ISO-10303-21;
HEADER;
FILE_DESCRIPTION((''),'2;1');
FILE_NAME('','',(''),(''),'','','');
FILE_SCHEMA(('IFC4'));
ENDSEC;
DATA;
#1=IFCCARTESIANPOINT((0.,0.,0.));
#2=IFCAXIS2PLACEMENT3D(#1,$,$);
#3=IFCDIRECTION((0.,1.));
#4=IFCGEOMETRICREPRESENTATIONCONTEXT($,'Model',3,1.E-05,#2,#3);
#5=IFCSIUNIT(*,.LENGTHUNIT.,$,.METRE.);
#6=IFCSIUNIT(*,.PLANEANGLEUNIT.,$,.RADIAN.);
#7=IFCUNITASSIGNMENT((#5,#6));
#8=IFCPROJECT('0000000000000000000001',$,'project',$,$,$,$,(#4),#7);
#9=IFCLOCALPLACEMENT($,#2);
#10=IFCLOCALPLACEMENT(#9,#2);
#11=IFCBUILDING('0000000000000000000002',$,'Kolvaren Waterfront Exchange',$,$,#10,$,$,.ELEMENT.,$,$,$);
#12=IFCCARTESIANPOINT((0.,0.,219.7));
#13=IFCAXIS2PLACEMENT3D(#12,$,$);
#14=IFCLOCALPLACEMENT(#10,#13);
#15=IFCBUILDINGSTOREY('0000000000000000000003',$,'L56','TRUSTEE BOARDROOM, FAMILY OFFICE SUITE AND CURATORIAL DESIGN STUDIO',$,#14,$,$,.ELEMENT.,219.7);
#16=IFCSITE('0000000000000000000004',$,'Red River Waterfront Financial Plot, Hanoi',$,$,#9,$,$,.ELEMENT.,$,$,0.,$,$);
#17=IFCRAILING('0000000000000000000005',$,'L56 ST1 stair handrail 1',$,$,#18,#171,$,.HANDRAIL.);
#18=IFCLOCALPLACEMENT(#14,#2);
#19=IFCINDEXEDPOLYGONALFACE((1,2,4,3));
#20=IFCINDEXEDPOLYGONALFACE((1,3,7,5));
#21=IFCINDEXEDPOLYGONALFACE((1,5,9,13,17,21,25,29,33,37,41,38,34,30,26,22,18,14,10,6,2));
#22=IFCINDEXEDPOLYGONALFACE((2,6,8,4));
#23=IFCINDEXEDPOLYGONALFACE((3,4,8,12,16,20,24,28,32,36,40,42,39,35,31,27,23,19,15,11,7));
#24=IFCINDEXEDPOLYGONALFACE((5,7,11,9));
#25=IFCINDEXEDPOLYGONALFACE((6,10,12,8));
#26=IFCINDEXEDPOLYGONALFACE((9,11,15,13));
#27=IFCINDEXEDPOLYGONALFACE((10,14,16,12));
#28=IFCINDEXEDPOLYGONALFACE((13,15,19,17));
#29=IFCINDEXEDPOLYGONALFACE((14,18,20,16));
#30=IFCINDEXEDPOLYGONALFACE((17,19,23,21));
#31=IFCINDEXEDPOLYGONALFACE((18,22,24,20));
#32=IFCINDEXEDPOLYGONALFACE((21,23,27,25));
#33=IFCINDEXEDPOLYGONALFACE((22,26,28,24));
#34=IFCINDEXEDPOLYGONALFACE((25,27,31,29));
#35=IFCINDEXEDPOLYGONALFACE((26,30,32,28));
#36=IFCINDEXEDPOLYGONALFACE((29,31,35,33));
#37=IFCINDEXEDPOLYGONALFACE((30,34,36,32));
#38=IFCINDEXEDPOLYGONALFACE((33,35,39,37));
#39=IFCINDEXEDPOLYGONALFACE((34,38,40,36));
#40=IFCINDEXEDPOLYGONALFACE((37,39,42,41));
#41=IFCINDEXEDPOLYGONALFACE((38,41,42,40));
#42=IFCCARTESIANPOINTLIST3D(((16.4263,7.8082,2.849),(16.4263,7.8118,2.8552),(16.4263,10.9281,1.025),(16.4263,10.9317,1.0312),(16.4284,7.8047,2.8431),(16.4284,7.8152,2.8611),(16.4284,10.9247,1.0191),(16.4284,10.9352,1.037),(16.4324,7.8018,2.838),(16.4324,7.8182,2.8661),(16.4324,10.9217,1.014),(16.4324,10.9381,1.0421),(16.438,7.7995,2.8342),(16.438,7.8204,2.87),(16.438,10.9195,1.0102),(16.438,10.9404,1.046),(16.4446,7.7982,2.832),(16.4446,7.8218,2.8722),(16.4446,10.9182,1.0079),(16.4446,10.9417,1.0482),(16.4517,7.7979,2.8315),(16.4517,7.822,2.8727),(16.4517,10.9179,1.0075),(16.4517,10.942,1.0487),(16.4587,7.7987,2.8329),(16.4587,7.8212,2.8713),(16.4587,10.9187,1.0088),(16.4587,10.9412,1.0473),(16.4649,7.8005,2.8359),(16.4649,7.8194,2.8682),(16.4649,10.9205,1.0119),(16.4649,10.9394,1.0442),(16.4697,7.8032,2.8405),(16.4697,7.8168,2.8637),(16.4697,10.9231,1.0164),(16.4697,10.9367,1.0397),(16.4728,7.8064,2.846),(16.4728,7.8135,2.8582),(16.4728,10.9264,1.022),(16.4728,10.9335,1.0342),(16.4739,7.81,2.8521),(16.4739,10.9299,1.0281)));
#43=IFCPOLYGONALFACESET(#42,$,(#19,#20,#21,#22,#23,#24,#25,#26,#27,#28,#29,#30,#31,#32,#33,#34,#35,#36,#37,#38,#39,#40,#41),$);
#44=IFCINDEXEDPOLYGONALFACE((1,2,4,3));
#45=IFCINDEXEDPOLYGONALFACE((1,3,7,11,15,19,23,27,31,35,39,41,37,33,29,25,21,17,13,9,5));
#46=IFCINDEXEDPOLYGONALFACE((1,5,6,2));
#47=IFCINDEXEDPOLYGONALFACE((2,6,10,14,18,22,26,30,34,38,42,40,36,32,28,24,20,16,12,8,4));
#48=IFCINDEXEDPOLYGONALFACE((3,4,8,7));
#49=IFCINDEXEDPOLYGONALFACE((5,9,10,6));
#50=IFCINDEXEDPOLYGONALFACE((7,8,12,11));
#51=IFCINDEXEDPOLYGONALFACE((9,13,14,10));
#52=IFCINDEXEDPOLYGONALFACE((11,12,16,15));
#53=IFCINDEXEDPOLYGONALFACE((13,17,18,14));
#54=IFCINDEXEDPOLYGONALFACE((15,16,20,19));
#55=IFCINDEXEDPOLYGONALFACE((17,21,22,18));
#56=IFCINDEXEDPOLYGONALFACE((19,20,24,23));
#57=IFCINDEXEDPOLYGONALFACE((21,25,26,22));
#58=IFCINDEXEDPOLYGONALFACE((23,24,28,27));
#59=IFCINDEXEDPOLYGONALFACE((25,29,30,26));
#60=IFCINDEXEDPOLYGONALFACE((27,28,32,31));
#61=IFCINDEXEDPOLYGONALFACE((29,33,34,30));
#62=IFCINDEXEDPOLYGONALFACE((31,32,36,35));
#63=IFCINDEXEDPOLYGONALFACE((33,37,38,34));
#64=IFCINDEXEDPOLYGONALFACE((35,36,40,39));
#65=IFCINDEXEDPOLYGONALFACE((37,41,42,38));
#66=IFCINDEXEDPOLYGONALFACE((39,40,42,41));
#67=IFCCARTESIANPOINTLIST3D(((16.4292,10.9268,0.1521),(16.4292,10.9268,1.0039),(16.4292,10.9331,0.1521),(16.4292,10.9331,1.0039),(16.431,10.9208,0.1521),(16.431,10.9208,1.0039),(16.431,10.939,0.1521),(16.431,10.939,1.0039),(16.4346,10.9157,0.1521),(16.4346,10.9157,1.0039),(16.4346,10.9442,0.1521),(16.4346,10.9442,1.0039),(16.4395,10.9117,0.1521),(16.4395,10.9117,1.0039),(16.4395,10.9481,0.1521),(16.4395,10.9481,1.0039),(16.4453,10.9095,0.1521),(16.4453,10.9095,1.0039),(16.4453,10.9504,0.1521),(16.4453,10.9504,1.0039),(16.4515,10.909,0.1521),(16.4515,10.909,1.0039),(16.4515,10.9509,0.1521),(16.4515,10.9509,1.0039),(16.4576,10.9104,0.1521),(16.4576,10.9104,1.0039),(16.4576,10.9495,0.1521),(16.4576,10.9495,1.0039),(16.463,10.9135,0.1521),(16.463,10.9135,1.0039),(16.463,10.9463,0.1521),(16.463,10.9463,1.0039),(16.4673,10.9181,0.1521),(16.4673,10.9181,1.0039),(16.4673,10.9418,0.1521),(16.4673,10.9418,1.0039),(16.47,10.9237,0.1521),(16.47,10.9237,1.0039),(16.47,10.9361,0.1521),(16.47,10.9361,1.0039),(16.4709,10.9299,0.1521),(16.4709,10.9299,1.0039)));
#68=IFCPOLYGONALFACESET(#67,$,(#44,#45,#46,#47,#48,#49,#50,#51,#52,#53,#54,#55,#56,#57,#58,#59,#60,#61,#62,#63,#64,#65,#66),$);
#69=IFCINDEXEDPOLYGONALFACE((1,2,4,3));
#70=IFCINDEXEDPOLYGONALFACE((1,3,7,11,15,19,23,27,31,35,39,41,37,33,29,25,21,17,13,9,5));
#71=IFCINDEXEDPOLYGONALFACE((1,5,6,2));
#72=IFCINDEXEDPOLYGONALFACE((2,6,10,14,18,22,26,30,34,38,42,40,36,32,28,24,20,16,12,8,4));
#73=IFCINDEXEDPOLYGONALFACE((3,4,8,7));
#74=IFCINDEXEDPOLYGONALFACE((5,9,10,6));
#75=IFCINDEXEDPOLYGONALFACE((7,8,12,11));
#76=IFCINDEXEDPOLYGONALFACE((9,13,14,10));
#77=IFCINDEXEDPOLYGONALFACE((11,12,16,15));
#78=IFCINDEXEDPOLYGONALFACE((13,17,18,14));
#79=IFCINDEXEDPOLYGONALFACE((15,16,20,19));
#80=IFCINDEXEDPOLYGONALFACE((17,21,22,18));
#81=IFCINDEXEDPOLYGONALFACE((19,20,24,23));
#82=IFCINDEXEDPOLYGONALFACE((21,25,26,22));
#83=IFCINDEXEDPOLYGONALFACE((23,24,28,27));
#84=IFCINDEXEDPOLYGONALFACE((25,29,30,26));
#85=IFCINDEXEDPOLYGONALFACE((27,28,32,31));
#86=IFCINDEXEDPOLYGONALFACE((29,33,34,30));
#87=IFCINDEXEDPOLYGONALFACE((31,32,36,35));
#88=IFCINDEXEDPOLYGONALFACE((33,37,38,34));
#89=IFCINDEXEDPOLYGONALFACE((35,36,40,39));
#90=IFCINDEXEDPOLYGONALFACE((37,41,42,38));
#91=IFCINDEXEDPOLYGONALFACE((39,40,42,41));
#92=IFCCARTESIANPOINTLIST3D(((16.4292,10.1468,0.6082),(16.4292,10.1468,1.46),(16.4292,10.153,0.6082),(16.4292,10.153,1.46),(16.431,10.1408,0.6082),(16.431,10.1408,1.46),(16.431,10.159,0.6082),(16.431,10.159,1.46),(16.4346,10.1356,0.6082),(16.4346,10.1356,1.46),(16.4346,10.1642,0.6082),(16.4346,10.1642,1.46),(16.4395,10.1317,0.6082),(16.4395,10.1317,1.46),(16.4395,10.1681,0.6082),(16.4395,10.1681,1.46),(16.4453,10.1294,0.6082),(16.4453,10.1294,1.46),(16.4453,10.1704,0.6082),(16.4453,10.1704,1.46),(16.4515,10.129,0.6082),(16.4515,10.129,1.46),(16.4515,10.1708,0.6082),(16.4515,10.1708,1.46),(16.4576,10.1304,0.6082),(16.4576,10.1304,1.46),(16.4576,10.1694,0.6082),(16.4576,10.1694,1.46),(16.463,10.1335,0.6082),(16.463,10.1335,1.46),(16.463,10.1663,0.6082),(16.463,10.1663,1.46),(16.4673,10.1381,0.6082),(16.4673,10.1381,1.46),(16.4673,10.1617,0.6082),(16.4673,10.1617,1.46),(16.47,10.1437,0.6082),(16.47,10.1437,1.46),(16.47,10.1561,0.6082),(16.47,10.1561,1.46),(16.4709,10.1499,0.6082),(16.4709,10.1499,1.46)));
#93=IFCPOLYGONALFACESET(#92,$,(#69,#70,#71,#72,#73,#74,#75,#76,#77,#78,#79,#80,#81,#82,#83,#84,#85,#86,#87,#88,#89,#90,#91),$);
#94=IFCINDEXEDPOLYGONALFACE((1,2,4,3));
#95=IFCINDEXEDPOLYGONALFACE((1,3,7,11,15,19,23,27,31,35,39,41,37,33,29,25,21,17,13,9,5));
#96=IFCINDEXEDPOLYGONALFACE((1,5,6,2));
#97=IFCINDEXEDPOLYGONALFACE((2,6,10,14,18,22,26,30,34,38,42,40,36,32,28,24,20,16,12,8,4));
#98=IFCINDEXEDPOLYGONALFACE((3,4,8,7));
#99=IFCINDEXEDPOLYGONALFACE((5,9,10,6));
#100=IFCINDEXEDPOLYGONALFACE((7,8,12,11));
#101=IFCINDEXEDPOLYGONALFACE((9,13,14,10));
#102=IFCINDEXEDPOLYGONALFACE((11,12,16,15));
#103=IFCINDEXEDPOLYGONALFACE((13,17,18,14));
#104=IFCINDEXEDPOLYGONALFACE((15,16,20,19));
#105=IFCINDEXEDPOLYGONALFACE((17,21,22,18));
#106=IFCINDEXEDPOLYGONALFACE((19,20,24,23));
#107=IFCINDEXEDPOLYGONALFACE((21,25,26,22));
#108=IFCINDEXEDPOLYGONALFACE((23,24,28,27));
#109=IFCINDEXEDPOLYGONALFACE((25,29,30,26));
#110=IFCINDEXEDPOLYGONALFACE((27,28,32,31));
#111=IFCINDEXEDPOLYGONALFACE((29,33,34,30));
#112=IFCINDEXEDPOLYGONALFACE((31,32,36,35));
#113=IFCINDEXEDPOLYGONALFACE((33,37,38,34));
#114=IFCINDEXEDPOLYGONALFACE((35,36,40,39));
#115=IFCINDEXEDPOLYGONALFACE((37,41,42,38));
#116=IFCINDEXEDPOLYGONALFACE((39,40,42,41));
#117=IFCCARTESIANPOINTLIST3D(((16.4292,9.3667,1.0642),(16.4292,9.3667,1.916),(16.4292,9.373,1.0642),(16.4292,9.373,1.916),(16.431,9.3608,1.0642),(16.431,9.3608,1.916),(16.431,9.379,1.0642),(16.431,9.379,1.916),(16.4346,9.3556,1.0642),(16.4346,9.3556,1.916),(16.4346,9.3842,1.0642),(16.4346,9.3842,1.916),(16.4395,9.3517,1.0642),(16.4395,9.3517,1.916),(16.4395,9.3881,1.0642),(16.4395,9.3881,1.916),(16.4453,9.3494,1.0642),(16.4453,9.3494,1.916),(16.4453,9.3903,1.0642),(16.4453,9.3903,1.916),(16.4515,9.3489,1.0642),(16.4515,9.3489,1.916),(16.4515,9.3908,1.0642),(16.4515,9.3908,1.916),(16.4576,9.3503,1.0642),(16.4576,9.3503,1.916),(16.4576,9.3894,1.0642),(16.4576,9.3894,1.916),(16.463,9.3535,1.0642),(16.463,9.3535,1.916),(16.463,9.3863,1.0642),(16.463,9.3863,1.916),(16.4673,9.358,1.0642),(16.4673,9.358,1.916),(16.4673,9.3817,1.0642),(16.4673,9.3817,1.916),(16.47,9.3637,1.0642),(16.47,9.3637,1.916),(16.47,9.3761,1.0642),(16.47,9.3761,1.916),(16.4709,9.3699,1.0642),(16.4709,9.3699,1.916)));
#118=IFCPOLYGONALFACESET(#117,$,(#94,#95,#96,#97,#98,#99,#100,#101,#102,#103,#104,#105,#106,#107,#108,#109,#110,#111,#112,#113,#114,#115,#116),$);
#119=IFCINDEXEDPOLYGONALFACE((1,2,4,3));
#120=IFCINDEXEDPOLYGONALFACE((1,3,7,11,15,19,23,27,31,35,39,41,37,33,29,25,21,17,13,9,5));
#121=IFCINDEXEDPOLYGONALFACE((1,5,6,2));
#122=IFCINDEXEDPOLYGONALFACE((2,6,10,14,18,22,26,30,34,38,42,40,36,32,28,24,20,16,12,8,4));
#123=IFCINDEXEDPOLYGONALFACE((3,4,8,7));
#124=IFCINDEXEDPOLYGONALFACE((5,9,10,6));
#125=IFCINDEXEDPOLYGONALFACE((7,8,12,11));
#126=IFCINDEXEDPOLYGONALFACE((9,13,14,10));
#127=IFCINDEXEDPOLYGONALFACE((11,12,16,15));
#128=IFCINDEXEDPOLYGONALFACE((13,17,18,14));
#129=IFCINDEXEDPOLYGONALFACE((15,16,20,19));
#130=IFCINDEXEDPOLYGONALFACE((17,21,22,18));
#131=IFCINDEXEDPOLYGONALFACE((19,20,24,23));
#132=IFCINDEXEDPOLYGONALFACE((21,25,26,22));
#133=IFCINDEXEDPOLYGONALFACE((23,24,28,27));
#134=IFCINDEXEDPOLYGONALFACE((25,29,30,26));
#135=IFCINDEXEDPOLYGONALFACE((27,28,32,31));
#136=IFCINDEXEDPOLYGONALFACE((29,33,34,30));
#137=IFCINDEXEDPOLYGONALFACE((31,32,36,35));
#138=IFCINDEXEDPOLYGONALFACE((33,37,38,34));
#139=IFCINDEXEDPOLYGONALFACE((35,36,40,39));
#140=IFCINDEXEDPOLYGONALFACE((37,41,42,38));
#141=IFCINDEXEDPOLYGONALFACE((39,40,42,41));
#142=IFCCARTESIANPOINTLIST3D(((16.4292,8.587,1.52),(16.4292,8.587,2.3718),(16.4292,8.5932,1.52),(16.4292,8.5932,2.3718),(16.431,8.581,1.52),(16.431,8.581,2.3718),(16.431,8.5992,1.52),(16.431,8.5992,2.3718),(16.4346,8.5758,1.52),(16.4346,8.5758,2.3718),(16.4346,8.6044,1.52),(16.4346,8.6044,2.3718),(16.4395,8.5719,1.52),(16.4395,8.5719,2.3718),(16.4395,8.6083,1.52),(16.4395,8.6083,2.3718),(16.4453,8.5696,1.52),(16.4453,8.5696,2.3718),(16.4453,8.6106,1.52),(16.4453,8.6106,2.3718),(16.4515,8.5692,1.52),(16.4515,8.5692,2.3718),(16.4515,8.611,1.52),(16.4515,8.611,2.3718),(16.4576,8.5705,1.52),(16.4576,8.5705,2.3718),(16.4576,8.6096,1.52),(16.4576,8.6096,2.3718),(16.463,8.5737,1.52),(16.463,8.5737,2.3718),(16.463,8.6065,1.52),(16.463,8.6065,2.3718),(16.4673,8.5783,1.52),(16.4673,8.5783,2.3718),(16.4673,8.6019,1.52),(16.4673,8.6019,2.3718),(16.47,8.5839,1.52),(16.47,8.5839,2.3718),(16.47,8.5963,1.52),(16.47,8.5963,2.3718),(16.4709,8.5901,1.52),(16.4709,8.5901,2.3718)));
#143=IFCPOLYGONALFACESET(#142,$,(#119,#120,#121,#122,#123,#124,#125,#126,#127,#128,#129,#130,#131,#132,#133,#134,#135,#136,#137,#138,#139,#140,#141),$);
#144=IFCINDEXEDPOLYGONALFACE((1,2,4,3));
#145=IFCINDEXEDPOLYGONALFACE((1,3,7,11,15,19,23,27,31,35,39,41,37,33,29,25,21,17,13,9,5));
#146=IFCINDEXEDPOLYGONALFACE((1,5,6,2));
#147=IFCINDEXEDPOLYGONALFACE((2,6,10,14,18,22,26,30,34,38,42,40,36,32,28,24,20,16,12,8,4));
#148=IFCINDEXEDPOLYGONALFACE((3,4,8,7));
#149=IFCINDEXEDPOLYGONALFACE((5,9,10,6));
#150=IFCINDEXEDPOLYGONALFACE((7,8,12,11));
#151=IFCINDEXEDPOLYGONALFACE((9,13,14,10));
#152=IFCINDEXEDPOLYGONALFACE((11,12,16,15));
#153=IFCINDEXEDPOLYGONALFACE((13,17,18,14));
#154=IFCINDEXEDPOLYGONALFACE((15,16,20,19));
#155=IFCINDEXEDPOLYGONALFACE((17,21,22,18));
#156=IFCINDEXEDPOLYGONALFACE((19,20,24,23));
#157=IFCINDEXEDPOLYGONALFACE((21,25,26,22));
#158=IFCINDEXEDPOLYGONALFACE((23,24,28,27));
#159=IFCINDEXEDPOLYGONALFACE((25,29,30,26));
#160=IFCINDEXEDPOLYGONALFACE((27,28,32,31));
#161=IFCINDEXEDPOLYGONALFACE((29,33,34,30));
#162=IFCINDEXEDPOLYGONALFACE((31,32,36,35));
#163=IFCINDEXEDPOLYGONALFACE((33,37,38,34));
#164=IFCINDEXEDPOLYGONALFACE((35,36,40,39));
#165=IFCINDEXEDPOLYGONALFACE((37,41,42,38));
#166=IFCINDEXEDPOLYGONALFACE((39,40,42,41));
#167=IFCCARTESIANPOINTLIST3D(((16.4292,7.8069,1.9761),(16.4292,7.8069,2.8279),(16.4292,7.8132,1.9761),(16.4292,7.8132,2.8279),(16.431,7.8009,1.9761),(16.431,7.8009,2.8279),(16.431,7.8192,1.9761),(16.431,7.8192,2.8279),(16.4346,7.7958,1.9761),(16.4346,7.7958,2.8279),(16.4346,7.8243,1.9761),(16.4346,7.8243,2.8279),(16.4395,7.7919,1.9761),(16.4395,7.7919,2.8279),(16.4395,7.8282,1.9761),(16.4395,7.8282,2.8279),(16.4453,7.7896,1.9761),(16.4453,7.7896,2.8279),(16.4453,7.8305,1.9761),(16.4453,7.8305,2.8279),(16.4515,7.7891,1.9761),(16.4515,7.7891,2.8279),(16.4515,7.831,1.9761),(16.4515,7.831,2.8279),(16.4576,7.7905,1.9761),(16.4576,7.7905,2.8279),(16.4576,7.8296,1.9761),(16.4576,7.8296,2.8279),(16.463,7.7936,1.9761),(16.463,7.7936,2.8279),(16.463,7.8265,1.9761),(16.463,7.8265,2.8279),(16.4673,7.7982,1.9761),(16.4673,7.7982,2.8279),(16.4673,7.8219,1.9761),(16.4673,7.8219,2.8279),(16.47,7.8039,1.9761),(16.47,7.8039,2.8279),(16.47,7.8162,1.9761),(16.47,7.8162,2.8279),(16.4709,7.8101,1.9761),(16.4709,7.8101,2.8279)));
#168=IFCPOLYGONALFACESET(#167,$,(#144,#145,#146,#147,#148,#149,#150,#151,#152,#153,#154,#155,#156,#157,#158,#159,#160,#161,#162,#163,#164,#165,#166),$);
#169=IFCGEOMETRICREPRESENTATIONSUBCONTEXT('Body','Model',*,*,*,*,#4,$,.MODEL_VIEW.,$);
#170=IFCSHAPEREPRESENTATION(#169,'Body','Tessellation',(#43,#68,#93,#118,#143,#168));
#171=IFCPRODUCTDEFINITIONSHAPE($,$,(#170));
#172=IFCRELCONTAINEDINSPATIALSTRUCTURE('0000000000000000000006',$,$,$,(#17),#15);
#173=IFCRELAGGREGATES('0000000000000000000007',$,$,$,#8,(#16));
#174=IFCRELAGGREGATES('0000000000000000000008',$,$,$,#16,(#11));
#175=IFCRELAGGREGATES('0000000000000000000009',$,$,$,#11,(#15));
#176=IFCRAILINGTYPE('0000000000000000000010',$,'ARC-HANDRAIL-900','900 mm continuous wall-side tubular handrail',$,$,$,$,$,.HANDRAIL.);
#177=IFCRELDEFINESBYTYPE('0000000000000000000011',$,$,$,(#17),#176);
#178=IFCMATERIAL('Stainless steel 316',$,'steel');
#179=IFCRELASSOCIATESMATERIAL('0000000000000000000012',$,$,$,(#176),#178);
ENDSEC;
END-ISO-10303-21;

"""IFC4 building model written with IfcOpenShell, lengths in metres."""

from ifc_helpers import new_model, si_unit, direction, frame, origin, origin_2d, place, context, subcontext, project, spatial, circle, extrude, material, type_object, element, save


model = new_model("IFC4")

# Units and contexts
model_context = context("Model", 3, precision=1e-05, world=origin(), true_north=direction((0.0, 1.0)))
body_context = subcontext(model_context, "Body", "Model", "MODEL_VIEW")
ifc_project = project(units=[si_unit("LENGTHUNIT", "METRE"), si_unit("PLANEANGLEUNIT", "RADIAN")], contexts=[model_context])

# Site, building, storey
site_placement = place(None, origin())
site = spatial("IfcSite", under=ifc_project, at=site_placement, Name="Red River Waterfront Financial Plot, Hanoi", CompositionType="ELEMENT", RefElevation=0.0)
building_placement = place(site_placement, origin())
building = spatial("IfcBuilding", under=site, at=building_placement, Name="Kolvaren Waterfront Exchange", CompositionType="ELEMENT")
storey_placement = place(building_placement, frame((0.0, 0.0, 219.7)))
storey = spatial("IfcBuildingStorey", under=building, at=storey_placement, Name="L56", Description="TRUSTEE BOARDROOM, FAMILY OFFICE SUITE AND CURATORIAL DESIGN STUDIO", CompositionType="ELEMENT", Elevation=219.7)

# Railing
ifc_material_1 = material(Name="Stainless steel 316", Category="steel")
railing_type_1 = type_object("IfcRailingType", Name="ARC-HANDRAIL-900", Description="900 mm continuous wall-side tubular handrail", PredefinedType="HANDRAIL", material=ifc_material_1)
railing_1_placement = place(storey_placement, frame((16.45, 10.9299, 0.1521)))
element("IfcRailing", 1, at=railing_1_placement, inside=storey, type_object=railing_type_1, Name="L56 ST1 stair handrail 1", PredefinedType="HANDRAIL", context=body_context, shape_type="SweptSolid", body=[
    extrude(circle(Radius=0.0239, at=origin_2d()), frame((0.0, 0.0, 0.876), z_axis=(0.0, -0.863291, 0.504707), x_axis=(1.0, 0.0, 0.0)), (0.0, 0.0, 1.0), 3.614),
    extrude(circle(Radius=0.021, at=origin_2d()), origin(), (0.0, 0.0, 1.0), 0.8518),
    extrude(circle(Radius=0.021, at=origin_2d()), frame((0.0, -0.78, 0.4561)), (0.0, 0.0, 1.0), 0.8518),
    extrude(circle(Radius=0.021, at=origin_2d()), frame((0.0, -1.5601, 0.9121)), (0.0, 0.0, 1.0), 0.8518),
    extrude(circle(Radius=0.021, at=origin_2d()), frame((0.0, -2.3398, 1.3679)), (0.0, 0.0, 1.0), 0.8518),
    extrude(circle(Radius=0.021, at=origin_2d()), frame((0.0, -3.1199, 1.824)), (0.0, 0.0, 1.0), 0.8518),
])

save(model, "model.ifc")
